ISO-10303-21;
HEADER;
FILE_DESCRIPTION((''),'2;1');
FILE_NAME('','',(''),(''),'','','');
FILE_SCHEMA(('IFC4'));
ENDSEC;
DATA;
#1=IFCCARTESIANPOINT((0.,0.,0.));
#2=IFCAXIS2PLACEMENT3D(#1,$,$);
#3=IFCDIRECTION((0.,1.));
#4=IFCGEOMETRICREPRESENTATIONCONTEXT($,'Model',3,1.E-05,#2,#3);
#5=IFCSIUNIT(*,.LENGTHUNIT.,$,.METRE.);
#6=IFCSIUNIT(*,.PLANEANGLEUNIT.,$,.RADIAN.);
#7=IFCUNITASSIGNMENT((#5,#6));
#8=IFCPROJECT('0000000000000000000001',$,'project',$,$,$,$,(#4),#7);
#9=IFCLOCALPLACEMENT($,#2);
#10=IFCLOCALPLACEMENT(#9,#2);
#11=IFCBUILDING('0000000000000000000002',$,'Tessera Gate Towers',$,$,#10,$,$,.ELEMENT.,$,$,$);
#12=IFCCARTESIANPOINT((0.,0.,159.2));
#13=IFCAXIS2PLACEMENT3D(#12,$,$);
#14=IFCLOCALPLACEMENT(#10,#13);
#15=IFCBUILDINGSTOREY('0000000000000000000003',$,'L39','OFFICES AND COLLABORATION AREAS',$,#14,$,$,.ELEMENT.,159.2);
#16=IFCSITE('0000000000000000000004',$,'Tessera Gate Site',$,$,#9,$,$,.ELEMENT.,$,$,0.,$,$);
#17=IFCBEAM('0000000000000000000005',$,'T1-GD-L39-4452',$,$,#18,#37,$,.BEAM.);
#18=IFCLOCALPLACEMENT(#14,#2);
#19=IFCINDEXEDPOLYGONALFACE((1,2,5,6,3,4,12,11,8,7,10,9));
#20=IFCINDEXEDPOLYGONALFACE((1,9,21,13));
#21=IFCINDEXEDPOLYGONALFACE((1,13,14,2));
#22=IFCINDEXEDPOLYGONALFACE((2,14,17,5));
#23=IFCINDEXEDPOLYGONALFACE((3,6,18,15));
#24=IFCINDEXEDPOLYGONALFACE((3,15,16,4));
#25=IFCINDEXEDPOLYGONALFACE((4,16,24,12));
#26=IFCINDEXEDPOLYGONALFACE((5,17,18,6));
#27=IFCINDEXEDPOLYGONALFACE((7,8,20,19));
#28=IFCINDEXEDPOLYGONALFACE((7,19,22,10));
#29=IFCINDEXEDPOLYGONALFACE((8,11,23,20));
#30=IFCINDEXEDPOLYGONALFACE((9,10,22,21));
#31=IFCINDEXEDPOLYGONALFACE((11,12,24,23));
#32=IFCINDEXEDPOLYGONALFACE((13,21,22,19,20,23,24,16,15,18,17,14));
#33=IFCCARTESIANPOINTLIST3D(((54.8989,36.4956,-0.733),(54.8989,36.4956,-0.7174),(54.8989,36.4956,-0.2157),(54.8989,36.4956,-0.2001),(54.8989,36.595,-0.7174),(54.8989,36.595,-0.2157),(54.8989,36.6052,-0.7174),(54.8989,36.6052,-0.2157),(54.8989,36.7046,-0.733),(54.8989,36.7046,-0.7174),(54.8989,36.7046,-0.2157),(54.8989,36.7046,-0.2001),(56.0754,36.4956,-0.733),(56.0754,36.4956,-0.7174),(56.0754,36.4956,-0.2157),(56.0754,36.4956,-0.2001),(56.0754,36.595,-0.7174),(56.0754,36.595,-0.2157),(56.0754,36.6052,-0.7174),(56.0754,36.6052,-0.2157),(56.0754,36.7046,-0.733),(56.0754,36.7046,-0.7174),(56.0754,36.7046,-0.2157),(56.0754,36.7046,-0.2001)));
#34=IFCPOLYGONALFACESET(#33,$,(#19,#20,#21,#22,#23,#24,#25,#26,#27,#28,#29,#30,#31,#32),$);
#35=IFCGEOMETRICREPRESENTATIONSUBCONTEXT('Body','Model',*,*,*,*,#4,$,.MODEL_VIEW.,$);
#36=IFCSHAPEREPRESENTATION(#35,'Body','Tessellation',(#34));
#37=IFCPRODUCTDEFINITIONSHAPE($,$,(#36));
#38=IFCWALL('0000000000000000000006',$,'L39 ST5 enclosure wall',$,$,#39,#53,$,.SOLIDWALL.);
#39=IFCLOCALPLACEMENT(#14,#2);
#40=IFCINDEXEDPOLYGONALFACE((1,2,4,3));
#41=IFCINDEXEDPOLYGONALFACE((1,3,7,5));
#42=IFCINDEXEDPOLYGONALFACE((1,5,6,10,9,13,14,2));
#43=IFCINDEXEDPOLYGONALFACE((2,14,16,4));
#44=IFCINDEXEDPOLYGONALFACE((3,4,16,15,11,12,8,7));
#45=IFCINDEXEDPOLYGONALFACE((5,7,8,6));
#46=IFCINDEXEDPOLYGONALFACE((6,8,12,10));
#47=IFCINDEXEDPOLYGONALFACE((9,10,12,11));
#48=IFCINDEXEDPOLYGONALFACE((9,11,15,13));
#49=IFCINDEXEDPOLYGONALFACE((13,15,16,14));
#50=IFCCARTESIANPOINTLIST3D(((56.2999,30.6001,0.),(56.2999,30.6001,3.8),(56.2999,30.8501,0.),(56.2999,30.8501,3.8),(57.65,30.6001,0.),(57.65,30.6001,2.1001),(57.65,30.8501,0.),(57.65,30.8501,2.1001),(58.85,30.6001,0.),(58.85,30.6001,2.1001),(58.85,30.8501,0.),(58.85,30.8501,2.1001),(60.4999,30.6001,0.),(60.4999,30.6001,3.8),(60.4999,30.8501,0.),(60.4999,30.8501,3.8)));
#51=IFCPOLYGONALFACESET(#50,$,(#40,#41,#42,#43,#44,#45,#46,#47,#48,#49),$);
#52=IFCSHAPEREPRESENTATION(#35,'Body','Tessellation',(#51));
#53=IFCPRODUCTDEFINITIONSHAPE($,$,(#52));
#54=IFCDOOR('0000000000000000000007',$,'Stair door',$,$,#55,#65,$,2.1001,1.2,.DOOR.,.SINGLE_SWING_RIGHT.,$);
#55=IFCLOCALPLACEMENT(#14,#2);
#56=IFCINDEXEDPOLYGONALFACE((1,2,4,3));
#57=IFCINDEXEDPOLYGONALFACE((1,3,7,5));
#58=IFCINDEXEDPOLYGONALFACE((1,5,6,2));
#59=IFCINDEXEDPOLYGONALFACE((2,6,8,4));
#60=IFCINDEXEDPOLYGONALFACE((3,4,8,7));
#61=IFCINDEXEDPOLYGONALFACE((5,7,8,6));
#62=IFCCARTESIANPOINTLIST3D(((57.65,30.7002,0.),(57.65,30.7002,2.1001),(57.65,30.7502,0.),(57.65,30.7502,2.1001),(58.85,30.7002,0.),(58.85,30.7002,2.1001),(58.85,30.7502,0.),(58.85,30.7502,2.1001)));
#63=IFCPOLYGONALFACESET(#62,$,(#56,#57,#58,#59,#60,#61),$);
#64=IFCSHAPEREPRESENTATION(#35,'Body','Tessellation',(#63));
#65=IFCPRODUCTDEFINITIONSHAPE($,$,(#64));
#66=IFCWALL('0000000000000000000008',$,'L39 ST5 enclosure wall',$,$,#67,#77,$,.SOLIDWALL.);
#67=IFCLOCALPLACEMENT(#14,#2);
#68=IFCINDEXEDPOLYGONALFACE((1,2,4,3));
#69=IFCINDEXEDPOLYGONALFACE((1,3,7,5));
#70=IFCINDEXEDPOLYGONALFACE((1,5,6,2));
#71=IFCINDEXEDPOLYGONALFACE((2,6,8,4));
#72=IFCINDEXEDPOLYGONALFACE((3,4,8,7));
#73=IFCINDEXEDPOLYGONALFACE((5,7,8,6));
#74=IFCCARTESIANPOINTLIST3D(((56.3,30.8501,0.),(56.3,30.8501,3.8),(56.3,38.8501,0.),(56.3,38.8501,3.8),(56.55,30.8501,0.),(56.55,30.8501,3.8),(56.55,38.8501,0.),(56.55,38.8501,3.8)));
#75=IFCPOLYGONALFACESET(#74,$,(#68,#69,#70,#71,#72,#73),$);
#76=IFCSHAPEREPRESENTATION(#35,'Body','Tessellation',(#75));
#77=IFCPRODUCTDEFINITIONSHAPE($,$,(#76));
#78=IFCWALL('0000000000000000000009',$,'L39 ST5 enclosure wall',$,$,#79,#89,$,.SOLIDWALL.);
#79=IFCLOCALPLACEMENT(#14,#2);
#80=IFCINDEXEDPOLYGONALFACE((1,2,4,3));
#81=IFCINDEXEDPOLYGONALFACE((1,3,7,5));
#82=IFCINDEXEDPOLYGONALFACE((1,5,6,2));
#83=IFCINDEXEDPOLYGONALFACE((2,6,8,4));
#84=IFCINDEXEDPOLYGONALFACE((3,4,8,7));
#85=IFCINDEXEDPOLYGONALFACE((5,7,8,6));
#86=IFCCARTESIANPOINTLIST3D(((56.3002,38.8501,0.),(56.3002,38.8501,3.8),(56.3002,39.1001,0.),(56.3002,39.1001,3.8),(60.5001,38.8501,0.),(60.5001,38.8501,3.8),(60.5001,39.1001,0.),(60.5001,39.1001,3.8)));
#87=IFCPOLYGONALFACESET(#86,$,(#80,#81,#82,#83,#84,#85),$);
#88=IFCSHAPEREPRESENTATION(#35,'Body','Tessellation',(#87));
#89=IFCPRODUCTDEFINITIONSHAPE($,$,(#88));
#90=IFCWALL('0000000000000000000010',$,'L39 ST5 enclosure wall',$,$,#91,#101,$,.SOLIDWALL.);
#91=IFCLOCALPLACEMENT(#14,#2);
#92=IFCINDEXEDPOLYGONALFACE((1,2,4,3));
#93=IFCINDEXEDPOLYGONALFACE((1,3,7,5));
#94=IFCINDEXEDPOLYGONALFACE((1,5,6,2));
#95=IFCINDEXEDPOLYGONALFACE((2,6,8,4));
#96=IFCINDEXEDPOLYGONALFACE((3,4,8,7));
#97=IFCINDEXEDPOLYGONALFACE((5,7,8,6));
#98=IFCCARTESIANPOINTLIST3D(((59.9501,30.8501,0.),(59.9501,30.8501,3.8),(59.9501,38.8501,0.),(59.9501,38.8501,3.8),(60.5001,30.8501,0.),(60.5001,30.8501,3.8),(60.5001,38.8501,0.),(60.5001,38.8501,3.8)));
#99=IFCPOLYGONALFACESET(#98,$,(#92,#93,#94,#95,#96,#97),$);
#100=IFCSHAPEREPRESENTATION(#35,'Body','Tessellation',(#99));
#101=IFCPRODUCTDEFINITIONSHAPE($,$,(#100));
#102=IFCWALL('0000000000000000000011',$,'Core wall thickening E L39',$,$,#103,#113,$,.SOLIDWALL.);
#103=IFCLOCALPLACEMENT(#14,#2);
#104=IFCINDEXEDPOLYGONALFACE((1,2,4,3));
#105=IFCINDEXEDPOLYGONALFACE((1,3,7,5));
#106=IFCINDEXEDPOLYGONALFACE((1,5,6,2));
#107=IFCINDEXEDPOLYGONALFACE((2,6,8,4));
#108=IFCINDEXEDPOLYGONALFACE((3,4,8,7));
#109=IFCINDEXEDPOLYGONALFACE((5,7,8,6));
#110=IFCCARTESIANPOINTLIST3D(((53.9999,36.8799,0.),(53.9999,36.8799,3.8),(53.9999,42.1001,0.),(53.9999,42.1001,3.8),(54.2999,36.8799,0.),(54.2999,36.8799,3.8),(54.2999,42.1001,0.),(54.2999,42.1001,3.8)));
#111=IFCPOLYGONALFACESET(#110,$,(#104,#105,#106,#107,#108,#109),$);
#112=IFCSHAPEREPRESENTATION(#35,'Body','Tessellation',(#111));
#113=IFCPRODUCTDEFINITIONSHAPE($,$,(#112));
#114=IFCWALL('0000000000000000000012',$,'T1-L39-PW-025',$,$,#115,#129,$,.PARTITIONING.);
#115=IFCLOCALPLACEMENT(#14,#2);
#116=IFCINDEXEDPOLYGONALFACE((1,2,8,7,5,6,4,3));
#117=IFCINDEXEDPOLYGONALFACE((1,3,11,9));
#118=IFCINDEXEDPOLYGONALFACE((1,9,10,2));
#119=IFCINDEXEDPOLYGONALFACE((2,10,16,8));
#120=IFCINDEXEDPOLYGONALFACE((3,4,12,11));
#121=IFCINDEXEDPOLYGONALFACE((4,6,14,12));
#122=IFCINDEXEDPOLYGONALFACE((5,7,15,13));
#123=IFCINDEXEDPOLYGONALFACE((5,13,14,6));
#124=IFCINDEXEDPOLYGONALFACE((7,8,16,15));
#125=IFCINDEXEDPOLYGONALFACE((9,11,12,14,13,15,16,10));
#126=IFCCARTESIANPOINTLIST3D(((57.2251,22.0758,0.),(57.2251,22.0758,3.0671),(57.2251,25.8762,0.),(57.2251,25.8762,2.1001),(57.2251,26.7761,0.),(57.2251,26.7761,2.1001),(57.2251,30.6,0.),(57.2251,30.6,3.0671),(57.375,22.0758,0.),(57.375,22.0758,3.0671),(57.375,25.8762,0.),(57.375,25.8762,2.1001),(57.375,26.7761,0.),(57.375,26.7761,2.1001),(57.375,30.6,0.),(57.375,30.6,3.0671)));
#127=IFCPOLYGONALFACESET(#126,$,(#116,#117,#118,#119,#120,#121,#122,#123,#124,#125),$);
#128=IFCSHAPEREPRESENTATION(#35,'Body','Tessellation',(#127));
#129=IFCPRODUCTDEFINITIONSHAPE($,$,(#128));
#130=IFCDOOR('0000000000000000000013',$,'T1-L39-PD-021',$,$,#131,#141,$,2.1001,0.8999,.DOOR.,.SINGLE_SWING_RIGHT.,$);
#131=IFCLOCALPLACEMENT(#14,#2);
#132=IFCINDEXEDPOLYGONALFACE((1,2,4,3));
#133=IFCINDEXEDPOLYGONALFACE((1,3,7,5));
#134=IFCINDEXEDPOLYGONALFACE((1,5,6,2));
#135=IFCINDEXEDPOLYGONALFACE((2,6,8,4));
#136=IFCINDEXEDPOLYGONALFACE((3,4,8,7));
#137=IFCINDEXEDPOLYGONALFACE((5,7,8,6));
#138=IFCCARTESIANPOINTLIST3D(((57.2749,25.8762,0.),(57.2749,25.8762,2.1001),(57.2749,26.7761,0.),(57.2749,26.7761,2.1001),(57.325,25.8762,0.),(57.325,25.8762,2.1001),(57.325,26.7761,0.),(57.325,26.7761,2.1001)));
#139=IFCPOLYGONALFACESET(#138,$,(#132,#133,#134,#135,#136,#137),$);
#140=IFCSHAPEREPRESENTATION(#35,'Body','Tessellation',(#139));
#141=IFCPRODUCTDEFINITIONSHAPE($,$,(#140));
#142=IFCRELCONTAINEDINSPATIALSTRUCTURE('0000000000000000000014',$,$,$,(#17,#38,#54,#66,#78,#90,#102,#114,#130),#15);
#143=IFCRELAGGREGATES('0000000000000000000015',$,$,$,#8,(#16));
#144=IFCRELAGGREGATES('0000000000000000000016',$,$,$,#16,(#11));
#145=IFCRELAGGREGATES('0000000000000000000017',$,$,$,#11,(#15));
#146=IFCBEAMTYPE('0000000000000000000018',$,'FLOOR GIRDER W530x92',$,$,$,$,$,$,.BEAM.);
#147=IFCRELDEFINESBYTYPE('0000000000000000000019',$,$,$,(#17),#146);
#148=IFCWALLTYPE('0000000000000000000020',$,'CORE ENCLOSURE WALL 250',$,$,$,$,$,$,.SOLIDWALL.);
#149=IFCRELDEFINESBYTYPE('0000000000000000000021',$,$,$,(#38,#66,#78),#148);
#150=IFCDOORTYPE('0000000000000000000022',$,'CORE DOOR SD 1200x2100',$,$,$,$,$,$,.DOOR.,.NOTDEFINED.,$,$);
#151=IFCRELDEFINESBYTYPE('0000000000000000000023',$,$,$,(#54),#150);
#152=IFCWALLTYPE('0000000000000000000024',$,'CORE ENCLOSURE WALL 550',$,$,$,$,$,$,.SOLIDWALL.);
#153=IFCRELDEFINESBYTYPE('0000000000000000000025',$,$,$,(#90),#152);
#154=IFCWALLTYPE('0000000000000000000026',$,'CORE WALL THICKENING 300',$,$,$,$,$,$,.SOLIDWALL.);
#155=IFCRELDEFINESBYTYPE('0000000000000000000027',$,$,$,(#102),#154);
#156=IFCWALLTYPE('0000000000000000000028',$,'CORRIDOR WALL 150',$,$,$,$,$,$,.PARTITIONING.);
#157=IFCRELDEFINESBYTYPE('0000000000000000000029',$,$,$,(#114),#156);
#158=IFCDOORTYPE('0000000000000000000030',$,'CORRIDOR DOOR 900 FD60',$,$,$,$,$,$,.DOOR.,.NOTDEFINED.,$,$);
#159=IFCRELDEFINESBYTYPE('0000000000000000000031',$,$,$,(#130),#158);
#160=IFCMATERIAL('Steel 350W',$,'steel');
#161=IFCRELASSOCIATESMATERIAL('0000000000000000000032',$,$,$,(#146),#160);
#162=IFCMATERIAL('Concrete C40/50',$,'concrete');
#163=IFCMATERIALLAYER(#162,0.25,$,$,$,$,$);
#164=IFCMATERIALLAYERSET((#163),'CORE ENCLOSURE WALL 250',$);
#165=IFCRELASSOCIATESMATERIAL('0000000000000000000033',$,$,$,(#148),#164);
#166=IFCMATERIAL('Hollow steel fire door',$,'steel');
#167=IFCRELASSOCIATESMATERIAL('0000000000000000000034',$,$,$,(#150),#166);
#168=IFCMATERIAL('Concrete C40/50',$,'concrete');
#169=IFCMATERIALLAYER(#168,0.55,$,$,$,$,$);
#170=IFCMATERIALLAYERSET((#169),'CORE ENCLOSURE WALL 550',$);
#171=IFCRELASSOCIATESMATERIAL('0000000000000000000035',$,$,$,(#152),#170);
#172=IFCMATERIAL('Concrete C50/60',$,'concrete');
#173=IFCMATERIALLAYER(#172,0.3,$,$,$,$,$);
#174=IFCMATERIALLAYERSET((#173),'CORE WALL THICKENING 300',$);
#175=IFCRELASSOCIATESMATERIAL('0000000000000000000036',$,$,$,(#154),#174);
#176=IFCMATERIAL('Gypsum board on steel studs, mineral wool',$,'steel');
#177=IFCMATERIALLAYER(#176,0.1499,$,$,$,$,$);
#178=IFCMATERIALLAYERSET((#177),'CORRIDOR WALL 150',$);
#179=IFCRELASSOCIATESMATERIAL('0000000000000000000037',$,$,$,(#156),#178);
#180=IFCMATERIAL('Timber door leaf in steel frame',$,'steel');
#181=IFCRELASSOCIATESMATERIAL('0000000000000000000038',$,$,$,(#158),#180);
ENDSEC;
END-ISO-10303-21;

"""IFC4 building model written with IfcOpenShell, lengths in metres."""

from ifc_helpers import new_model, si_unit, direction, frame, frame_2d, origin, origin_2d, place, context, subcontext, project, spatial, rectangle, i_section, extrude, source, transform, mapped, material, layer, layer_set, material_profile, profile_set, type_object, element, fill, save


model = new_model("IFC4")

# Units and contexts
model_context = context("Model", 3, precision=1e-05, world=origin(), true_north=direction((0.0, 1.0)))
body_context = subcontext(model_context, "Body", "Model", "MODEL_VIEW")
ifc_project = project(units=[si_unit("LENGTHUNIT", "METRE"), si_unit("PLANEANGLEUNIT", "RADIAN")], contexts=[model_context])

# Site, building, storey
site_placement = place(None, origin())
site = spatial("IfcSite", under=ifc_project, at=site_placement, Name="Tessera Gate Site", CompositionType="ELEMENT", RefElevation=0.0)
building_placement = place(site_placement, origin())
building = spatial("IfcBuilding", under=site, at=building_placement, Name="Tessera Gate Towers", CompositionType="ELEMENT")
storey_placement = place(building_placement, frame((0.0, 0.0, 159.2)))
storey = spatial("IfcBuildingStorey", under=building, at=storey_placement, Name="L39", Description="OFFICES AND COLLABORATION AREAS", CompositionType="ELEMENT", Elevation=159.2)

# Beam
ifc_material_1 = material(Name="Steel 350W", Category="steel")
ifc_material_profile = material_profile(ifc_material_1, i_section(OverallWidth=0.209, OverallDepth=0.533, WebThickness=0.0103, FlangeThickness=0.0156, at=origin_2d()), Name="W530x92")
ifc_profile_set = profile_set([ifc_material_profile], Name="Steel 350W")
beam_type = type_object("IfcBeamType", Name="FLOOR GIRDER W530x92", PredefinedType="BEAM", material=ifc_profile_set)
beam_placement = place(storey_placement, frame((54.8989, 36.6001, -0.4666), z_axis=(1.0, 0.0, 0.0), x_axis=(0.0, 1.0, 0.0)))
element("IfcBeam", 1, at=beam_placement, inside=storey, type_object=beam_type, Name="T1-GD-L39-4452", PredefinedType="BEAM", context=body_context, shape_type="SweptSolid", body=[
    extrude(i_section(OverallWidth=0.209, OverallDepth=0.533, WebThickness=0.0103, FlangeThickness=0.0156, at=origin_2d()), origin(), (0.0, 0.0, 1.0), 1.1765),
])

# Wall, opening, door
ifc_material_2 = material(Name="Concrete C40/50", Category="concrete")
ifc_layer_1 = layer(ifc_material_2, 0.25)
ifc_layer_set_1 = layer_set([ifc_layer_1], Name="CORE ENCLOSURE WALL 250")
wall_type_1 = type_object("IfcWallType", Name="CORE ENCLOSURE WALL 250", PredefinedType="SOLIDWALL", material=ifc_layer_set_1)
wall_1_placement = place(storey_placement, frame((60.5, 30.7251, 0.0), z_axis=(0.0, 0.0, 1.0), x_axis=(-1.0, 0.0, 0.0)))
wall_1 = element("IfcWall", 2, at=wall_1_placement, inside=storey, type_object=wall_type_1, Name="L39 ST5 enclosure wall", PredefinedType="SOLIDWALL", context=body_context, shape_type="SweptSolid", body=[
    extrude(rectangle(XDim=4.2, YDim=0.25, at=frame_2d((2.1001, 0.0))), origin(), (0.0, 0.0, 1.0), 3.8),
])
shared_shape_1 = source(origin(), body_context, "Body", "SweptSolid", [
    extrude(rectangle(XDim=1.2, YDim=2.1001, at=frame_2d((0.6001, 1.05))), frame((0.0, 0.135, 0.0), z_axis=(0.0, -1.0, 0.0), x_axis=(1.0, 0.0, 0.0)), (0.0, 0.0, 1.0), 0.27),
])
opening_1_placement = place(wall_1_placement, frame((1.6499, 0.0, 0.0)))
opening_1 = element("IfcOpeningElement", 3, at=opening_1_placement, cuts=wall_1, PredefinedType="OPENING", context=body_context, shape_type="MappedRepresentation", body=[
    mapped(shared_shape_1, transform((0.0, 0.0, 0.0), scale=1.0)),
])
ifc_material_3 = material(Name="Hollow steel fire door", Category="steel")
door_type_1 = type_object("IfcDoorType", Name="CORE DOOR SD 1200x2100", OperationType="NOTDEFINED", PredefinedType="DOOR", material=ifc_material_3)
shared_shape_2 = source(origin(), body_context, "Body", "SweptSolid", [
    extrude(rectangle(XDim=1.2, YDim=2.1001, at=frame_2d((0.6001, 1.05))), frame((0.0, 0.0249, 0.0), z_axis=(0.0, -1.0, 0.0), x_axis=(1.0, 0.0, 0.0)), (0.0, 0.0, 1.0), 0.05),
])
door_1_placement = place(opening_1_placement, origin())
door_1 = element("IfcDoor", 4, at=door_1_placement, inside=storey, type_object=door_type_1, Name="Stair door", OperationType="SINGLE_SWING_RIGHT", OverallHeight=2.1001, OverallWidth=1.2, PredefinedType="DOOR", context=body_context, shape_type="MappedRepresentation", body=[
    mapped(shared_shape_2, transform((0.0, 0.0, 0.0), scale=1.0)),
])
fill(opening_1, door_1)

# Walls
wall_2_placement = place(storey_placement, frame((56.425, 30.8501, 0.0), z_axis=(0.0, 0.0, 1.0), x_axis=(0.0, 1.0, 0.0)))
element("IfcWall", 5, at=wall_2_placement, inside=storey, type_object=wall_type_1, Name="L39 ST5 enclosure wall", PredefinedType="SOLIDWALL", context=body_context, shape_type="SweptSolid", body=[
    extrude(rectangle(XDim=8.0, YDim=0.25, at=frame_2d((4.0, 0.0))), origin(), (0.0, 0.0, 1.0), 3.8),
])
wall_3_placement = place(storey_placement, frame((56.3, 38.9751, 0.0), z_axis=(0.0, 0.0, 1.0), x_axis=(1.0, 0.0, 0.0)))
element("IfcWall", 6, at=wall_3_placement, inside=storey, type_object=wall_type_1, Name="L39 ST5 enclosure wall", PredefinedType="SOLIDWALL", context=body_context, shape_type="SweptSolid", body=[
    extrude(rectangle(XDim=4.2, YDim=0.25, at=frame_2d((2.1001, 0.0))), origin(), (0.0, 0.0, 1.0), 3.8),
])
ifc_material_4 = material(Name="Concrete C40/50", Category="concrete")
ifc_layer_2 = layer(ifc_material_4, 0.55)
ifc_layer_set_2 = layer_set([ifc_layer_2], Name="CORE ENCLOSURE WALL 550")
wall_type_2 = type_object("IfcWallType", Name="CORE ENCLOSURE WALL 550", PredefinedType="SOLIDWALL", material=ifc_layer_set_2)
wall_4_placement = place(storey_placement, frame((60.2251, 38.8501, 0.0), z_axis=(0.0, 0.0, 1.0), x_axis=(0.0, -1.0, 0.0)))
element("IfcWall", 7, at=wall_4_placement, inside=storey, type_object=wall_type_2, Name="L39 ST5 enclosure wall", PredefinedType="SOLIDWALL", context=body_context, shape_type="SweptSolid", body=[
    extrude(rectangle(XDim=8.0, YDim=0.55, at=frame_2d((4.0, 0.0))), origin(), (0.0, 0.0, 1.0), 3.8),
])
ifc_material_5 = material(Name="Concrete C50/60", Category="concrete")
ifc_layer_3 = layer(ifc_material_5, 0.3)
ifc_layer_set_3 = layer_set([ifc_layer_3], Name="CORE WALL THICKENING 300")
wall_type_3 = type_object("IfcWallType", Name="CORE WALL THICKENING 300", PredefinedType="SOLIDWALL", material=ifc_layer_set_3)
wall_5_placement = place(storey_placement, frame((54.1499, 36.8799, 0.0), z_axis=(0.0, 0.0, 1.0), x_axis=(0.0, 1.0, 0.0)))
element("IfcWall", 8, at=wall_5_placement, inside=storey, type_object=wall_type_3, Name="Core wall thickening E L39", PredefinedType="SOLIDWALL", context=body_context, shape_type="SweptSolid", body=[
    extrude(rectangle(XDim=5.2202, YDim=0.3, at=frame_2d((2.6101, 0.0))), origin(), (0.0, 0.0, 1.0), 3.8),
])

# Wall, opening, door
ifc_material_6 = material(Name="Gypsum board on steel studs, mineral wool", Category="steel")
ifc_layer_4 = layer(ifc_material_6, 0.1499)
ifc_layer_set_4 = layer_set([ifc_layer_4], Name="CORRIDOR WALL 150")
wall_type_4 = type_object("IfcWallType", Name="CORRIDOR WALL 150", PredefinedType="PARTITIONING", material=ifc_layer_set_4)
wall_6_placement = place(storey_placement, frame((57.3, 30.6001, 0.0), z_axis=(0.0, 0.0, 1.0), x_axis=(0.0, -1.0, 0.0)))
wall_6 = element("IfcWall", 9, at=wall_6_placement, inside=storey, type_object=wall_type_4, Name="T1-L39-PW-025", PredefinedType="PARTITIONING", context=body_context, shape_type="SweptSolid", body=[
    extrude(rectangle(XDim=8.5242, YDim=0.1499, at=frame_2d((4.2622, 0.0))), origin(), (0.0, 0.0, 1.0), 3.0671),
])
shared_shape_3 = source(origin(), body_context, "Body", "SweptSolid", [
    extrude(rectangle(XDim=0.8999, YDim=2.1001, at=frame_2d((0.45, 1.05))), frame((0.0, 0.085, 0.0), z_axis=(0.0, -1.0, 0.0), x_axis=(1.0, 0.0, 0.0)), (0.0, 0.0, 1.0), 0.1699),
])
opening_2_placement = place(wall_6_placement, frame((3.824, 0.0, 0.0)))
opening_2 = element("IfcOpeningElement", 10, at=opening_2_placement, cuts=wall_6, PredefinedType="OPENING", context=body_context, shape_type="MappedRepresentation", body=[
    mapped(shared_shape_3, transform((0.0, 0.0, 0.0), scale=1.0)),
])
ifc_material_7 = material(Name="Timber door leaf in steel frame", Category="steel")
door_type_2 = type_object("IfcDoorType", Name="CORRIDOR DOOR 900 FD60", OperationType="NOTDEFINED", PredefinedType="DOOR", material=ifc_material_7)
shared_shape_4 = source(origin(), body_context, "Body", "SweptSolid", [
    extrude(rectangle(XDim=0.8999, YDim=2.1001, at=frame_2d((0.45, 1.05))), frame((0.0, 0.0249, 0.0), z_axis=(0.0, -1.0, 0.0), x_axis=(1.0, 0.0, 0.0)), (0.0, 0.0, 1.0), 0.05),
])
door_2_placement = place(opening_2_placement, origin())
door_2 = element("IfcDoor", 11, at=door_2_placement, inside=storey, type_object=door_type_2, Name="T1-L39-PD-021", OperationType="SINGLE_SWING_RIGHT", OverallHeight=2.1001, OverallWidth=0.8999, PredefinedType="DOOR", context=body_context, shape_type="MappedRepresentation", body=[
    mapped(shared_shape_4, transform((0.0, 0.0, 0.0), scale=1.0)),
])
fill(opening_2, door_2)

save(model, "model.ifc")
